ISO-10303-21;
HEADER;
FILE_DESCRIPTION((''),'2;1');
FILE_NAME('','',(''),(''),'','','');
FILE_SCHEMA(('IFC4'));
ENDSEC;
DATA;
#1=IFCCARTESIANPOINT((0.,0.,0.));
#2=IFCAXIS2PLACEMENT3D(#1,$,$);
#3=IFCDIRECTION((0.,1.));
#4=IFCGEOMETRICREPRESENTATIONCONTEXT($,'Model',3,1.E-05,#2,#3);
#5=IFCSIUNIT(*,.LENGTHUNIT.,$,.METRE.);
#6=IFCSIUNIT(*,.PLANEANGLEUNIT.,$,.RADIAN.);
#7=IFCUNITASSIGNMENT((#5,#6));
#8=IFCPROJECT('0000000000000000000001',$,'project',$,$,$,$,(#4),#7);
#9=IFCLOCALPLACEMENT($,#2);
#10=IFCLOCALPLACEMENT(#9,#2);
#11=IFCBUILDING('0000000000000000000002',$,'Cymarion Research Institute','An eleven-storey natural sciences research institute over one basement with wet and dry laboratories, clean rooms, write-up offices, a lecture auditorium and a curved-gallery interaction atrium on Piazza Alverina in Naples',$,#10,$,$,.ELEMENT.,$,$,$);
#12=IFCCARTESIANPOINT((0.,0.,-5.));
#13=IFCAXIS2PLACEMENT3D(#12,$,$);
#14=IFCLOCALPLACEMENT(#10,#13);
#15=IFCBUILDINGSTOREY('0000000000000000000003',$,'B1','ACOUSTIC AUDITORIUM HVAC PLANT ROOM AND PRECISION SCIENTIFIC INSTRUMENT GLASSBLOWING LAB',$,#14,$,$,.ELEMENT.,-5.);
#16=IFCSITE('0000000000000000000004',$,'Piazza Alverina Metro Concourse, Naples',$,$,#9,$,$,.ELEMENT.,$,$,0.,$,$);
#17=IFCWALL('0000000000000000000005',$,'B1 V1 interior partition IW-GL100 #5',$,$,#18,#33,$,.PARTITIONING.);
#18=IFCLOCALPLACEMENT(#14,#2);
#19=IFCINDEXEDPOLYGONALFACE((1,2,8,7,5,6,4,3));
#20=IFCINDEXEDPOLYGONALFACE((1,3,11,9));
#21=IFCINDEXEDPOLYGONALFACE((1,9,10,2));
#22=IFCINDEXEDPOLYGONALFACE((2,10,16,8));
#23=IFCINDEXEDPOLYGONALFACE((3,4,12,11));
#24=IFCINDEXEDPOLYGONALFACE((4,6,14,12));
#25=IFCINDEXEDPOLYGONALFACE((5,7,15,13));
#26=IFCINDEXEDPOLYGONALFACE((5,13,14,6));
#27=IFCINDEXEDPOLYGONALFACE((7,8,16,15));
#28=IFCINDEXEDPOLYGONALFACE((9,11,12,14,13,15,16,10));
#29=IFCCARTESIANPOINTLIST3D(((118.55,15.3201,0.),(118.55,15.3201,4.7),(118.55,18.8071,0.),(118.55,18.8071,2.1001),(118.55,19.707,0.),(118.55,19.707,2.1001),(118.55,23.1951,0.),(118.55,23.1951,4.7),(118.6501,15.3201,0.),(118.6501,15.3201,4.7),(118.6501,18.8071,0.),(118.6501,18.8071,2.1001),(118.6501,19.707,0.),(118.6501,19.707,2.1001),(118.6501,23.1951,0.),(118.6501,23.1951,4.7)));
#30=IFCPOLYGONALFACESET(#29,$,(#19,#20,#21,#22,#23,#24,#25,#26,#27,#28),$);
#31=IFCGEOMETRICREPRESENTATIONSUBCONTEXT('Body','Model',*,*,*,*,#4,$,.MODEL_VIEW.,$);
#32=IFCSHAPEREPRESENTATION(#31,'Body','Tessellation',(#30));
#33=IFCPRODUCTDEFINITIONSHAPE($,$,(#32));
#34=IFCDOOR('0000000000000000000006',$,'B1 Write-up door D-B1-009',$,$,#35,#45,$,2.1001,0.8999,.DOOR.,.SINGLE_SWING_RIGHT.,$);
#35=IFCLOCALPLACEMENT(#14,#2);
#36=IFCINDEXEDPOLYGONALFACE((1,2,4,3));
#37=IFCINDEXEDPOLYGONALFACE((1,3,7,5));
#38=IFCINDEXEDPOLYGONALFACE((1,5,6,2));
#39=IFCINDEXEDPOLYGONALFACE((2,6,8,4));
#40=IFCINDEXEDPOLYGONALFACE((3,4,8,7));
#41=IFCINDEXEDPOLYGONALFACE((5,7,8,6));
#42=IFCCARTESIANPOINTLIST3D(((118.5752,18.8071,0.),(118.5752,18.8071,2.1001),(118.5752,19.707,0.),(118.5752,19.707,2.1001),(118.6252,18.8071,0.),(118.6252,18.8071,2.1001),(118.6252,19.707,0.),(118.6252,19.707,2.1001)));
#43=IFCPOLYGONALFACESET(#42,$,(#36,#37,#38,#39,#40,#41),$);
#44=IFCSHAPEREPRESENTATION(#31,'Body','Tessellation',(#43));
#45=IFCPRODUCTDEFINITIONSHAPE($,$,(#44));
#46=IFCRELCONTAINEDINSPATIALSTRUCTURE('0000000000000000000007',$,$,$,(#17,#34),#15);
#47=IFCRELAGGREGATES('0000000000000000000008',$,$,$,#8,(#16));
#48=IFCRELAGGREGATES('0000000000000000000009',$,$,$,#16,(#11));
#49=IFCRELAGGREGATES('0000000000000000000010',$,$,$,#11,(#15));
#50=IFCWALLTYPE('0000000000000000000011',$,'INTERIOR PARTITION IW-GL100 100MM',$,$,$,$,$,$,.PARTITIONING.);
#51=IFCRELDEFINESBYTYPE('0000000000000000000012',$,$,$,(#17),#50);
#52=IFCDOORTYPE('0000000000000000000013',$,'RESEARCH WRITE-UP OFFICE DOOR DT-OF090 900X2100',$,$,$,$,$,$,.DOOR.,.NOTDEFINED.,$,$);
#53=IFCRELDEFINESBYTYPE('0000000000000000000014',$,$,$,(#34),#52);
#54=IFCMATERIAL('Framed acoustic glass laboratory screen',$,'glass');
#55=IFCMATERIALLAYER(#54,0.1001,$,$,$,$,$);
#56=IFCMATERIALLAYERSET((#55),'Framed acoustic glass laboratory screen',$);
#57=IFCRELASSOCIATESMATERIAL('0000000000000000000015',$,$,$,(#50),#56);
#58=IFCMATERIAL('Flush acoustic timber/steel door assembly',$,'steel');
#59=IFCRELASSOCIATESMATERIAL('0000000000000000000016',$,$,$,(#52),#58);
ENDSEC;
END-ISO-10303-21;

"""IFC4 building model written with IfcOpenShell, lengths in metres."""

from ifc_helpers import new_model, si_unit, direction, frame, frame_2d, origin, place, context, subcontext, project, spatial, rectangle, extrude, material, layer, layer_set, type_object, element, fill, save


model = new_model("IFC4")

# Units and contexts
model_context = context("Model", 3, precision=1e-05, world=origin(), true_north=direction((0.0, 1.0)))
body_context = subcontext(model_context, "Body", "Model", "MODEL_VIEW")
ifc_project = project(units=[si_unit("LENGTHUNIT", "METRE"), si_unit("PLANEANGLEUNIT", "RADIAN")], contexts=[model_context])

# Site, building, storey
site_placement = place(None, origin())
site = spatial("IfcSite", under=ifc_project, at=site_placement, Name="Piazza Alverina Metro Concourse, Naples", CompositionType="ELEMENT", RefElevation=0.0)
building_placement = place(site_placement, origin())
building = spatial("IfcBuilding", under=site, at=building_placement, Name="Cymarion Research Institute", Description="An eleven-storey natural sciences research institute over one basement with wet and dry laboratories, clean rooms, write-up offices, a lecture auditorium and a curved-gallery interaction atrium on Piazza Alverina in Naples", CompositionType="ELEMENT")
storey_placement = place(building_placement, frame((0.0, 0.0, -5.0)))
storey = spatial("IfcBuildingStorey", under=building, at=storey_placement, Name="B1", Description="ACOUSTIC AUDITORIUM HVAC PLANT ROOM AND PRECISION SCIENTIFIC INSTRUMENT GLASSBLOWING LAB", CompositionType="ELEMENT", Elevation=-5.0)

# Wall, opening, door
ifc_material_1 = material(Name="Flush acoustic timber/steel door assembly", Category="steel")
ifc_material_2 = material(Name="Framed acoustic glass laboratory screen", Category="glass")
ifc_layer_1 = layer(ifc_material_2, 0.1001)
ifc_layer_set_1 = layer_set([ifc_layer_1], Name="Framed acoustic glass laboratory screen")
wall_type_1 = type_object("IfcWallType", Name="INTERIOR PARTITION IW-GL100 100MM", PredefinedType="PARTITIONING", material=ifc_layer_set_1)
wall_1_placement = place(storey_placement, frame((118.6001, 15.3201, 0.0), z_axis=(0.0, 0.0, 1.0), x_axis=(0.0, 1.0, 0.0)))
wall_1 = element("IfcWall", 1, at=wall_1_placement, inside=storey, type_object=wall_type_1, Name="B1 V1 interior partition IW-GL100 #5", PredefinedType="PARTITIONING", context=body_context, shape_type="SweptSolid", body=[
    extrude(rectangle(XDim=7.875, YDim=0.1001, at=frame_2d((3.9375, 0.0))), origin(), (0.0, 0.0, 1.0), 4.7),
])
opening_1_placement = place(wall_1_placement, frame((3.4871, 0.0, 0.0)))
opening_1 = element("IfcOpeningElement", 2, at=opening_1_placement, cuts=wall_1, PredefinedType="OPENING", context=body_context, shape_type="SweptSolid", body=[
    extrude(rectangle(XDim=0.8999, YDim=2.1001, at=frame_2d((0.45, 1.05))), frame((0.0, 0.0601, 0.0), z_axis=(0.0, -1.0, 0.0), x_axis=(1.0, 0.0, 0.0)), (0.0, 0.0, 1.0), 0.1201),
])
door_type_1 = type_object("IfcDoorType", Name="RESEARCH WRITE-UP OFFICE DOOR DT-OF090 900X2100", OperationType="NOTDEFINED", PredefinedType="DOOR", material=ifc_material_1)
door_1_placement = place(opening_1_placement, origin())
door_1 = element("IfcDoor", 3, at=door_1_placement, inside=storey, type_object=door_type_1, Name="B1 Write-up door D-B1-009", OperationType="SINGLE_SWING_RIGHT", OverallHeight=2.1001, OverallWidth=0.8999, PredefinedType="DOOR", context=body_context, shape_type="SweptSolid", body=[
    extrude(rectangle(XDim=0.8999, YDim=2.1001, at=frame_2d((0.45, 1.05))), frame((0.0, 0.0249, 0.0), z_axis=(0.0, -1.0, 0.0), x_axis=(1.0, 0.0, 0.0)), (0.0, 0.0, 1.0), 0.05),
])
fill(opening_1, door_1)

save(model, "model.ifc")
